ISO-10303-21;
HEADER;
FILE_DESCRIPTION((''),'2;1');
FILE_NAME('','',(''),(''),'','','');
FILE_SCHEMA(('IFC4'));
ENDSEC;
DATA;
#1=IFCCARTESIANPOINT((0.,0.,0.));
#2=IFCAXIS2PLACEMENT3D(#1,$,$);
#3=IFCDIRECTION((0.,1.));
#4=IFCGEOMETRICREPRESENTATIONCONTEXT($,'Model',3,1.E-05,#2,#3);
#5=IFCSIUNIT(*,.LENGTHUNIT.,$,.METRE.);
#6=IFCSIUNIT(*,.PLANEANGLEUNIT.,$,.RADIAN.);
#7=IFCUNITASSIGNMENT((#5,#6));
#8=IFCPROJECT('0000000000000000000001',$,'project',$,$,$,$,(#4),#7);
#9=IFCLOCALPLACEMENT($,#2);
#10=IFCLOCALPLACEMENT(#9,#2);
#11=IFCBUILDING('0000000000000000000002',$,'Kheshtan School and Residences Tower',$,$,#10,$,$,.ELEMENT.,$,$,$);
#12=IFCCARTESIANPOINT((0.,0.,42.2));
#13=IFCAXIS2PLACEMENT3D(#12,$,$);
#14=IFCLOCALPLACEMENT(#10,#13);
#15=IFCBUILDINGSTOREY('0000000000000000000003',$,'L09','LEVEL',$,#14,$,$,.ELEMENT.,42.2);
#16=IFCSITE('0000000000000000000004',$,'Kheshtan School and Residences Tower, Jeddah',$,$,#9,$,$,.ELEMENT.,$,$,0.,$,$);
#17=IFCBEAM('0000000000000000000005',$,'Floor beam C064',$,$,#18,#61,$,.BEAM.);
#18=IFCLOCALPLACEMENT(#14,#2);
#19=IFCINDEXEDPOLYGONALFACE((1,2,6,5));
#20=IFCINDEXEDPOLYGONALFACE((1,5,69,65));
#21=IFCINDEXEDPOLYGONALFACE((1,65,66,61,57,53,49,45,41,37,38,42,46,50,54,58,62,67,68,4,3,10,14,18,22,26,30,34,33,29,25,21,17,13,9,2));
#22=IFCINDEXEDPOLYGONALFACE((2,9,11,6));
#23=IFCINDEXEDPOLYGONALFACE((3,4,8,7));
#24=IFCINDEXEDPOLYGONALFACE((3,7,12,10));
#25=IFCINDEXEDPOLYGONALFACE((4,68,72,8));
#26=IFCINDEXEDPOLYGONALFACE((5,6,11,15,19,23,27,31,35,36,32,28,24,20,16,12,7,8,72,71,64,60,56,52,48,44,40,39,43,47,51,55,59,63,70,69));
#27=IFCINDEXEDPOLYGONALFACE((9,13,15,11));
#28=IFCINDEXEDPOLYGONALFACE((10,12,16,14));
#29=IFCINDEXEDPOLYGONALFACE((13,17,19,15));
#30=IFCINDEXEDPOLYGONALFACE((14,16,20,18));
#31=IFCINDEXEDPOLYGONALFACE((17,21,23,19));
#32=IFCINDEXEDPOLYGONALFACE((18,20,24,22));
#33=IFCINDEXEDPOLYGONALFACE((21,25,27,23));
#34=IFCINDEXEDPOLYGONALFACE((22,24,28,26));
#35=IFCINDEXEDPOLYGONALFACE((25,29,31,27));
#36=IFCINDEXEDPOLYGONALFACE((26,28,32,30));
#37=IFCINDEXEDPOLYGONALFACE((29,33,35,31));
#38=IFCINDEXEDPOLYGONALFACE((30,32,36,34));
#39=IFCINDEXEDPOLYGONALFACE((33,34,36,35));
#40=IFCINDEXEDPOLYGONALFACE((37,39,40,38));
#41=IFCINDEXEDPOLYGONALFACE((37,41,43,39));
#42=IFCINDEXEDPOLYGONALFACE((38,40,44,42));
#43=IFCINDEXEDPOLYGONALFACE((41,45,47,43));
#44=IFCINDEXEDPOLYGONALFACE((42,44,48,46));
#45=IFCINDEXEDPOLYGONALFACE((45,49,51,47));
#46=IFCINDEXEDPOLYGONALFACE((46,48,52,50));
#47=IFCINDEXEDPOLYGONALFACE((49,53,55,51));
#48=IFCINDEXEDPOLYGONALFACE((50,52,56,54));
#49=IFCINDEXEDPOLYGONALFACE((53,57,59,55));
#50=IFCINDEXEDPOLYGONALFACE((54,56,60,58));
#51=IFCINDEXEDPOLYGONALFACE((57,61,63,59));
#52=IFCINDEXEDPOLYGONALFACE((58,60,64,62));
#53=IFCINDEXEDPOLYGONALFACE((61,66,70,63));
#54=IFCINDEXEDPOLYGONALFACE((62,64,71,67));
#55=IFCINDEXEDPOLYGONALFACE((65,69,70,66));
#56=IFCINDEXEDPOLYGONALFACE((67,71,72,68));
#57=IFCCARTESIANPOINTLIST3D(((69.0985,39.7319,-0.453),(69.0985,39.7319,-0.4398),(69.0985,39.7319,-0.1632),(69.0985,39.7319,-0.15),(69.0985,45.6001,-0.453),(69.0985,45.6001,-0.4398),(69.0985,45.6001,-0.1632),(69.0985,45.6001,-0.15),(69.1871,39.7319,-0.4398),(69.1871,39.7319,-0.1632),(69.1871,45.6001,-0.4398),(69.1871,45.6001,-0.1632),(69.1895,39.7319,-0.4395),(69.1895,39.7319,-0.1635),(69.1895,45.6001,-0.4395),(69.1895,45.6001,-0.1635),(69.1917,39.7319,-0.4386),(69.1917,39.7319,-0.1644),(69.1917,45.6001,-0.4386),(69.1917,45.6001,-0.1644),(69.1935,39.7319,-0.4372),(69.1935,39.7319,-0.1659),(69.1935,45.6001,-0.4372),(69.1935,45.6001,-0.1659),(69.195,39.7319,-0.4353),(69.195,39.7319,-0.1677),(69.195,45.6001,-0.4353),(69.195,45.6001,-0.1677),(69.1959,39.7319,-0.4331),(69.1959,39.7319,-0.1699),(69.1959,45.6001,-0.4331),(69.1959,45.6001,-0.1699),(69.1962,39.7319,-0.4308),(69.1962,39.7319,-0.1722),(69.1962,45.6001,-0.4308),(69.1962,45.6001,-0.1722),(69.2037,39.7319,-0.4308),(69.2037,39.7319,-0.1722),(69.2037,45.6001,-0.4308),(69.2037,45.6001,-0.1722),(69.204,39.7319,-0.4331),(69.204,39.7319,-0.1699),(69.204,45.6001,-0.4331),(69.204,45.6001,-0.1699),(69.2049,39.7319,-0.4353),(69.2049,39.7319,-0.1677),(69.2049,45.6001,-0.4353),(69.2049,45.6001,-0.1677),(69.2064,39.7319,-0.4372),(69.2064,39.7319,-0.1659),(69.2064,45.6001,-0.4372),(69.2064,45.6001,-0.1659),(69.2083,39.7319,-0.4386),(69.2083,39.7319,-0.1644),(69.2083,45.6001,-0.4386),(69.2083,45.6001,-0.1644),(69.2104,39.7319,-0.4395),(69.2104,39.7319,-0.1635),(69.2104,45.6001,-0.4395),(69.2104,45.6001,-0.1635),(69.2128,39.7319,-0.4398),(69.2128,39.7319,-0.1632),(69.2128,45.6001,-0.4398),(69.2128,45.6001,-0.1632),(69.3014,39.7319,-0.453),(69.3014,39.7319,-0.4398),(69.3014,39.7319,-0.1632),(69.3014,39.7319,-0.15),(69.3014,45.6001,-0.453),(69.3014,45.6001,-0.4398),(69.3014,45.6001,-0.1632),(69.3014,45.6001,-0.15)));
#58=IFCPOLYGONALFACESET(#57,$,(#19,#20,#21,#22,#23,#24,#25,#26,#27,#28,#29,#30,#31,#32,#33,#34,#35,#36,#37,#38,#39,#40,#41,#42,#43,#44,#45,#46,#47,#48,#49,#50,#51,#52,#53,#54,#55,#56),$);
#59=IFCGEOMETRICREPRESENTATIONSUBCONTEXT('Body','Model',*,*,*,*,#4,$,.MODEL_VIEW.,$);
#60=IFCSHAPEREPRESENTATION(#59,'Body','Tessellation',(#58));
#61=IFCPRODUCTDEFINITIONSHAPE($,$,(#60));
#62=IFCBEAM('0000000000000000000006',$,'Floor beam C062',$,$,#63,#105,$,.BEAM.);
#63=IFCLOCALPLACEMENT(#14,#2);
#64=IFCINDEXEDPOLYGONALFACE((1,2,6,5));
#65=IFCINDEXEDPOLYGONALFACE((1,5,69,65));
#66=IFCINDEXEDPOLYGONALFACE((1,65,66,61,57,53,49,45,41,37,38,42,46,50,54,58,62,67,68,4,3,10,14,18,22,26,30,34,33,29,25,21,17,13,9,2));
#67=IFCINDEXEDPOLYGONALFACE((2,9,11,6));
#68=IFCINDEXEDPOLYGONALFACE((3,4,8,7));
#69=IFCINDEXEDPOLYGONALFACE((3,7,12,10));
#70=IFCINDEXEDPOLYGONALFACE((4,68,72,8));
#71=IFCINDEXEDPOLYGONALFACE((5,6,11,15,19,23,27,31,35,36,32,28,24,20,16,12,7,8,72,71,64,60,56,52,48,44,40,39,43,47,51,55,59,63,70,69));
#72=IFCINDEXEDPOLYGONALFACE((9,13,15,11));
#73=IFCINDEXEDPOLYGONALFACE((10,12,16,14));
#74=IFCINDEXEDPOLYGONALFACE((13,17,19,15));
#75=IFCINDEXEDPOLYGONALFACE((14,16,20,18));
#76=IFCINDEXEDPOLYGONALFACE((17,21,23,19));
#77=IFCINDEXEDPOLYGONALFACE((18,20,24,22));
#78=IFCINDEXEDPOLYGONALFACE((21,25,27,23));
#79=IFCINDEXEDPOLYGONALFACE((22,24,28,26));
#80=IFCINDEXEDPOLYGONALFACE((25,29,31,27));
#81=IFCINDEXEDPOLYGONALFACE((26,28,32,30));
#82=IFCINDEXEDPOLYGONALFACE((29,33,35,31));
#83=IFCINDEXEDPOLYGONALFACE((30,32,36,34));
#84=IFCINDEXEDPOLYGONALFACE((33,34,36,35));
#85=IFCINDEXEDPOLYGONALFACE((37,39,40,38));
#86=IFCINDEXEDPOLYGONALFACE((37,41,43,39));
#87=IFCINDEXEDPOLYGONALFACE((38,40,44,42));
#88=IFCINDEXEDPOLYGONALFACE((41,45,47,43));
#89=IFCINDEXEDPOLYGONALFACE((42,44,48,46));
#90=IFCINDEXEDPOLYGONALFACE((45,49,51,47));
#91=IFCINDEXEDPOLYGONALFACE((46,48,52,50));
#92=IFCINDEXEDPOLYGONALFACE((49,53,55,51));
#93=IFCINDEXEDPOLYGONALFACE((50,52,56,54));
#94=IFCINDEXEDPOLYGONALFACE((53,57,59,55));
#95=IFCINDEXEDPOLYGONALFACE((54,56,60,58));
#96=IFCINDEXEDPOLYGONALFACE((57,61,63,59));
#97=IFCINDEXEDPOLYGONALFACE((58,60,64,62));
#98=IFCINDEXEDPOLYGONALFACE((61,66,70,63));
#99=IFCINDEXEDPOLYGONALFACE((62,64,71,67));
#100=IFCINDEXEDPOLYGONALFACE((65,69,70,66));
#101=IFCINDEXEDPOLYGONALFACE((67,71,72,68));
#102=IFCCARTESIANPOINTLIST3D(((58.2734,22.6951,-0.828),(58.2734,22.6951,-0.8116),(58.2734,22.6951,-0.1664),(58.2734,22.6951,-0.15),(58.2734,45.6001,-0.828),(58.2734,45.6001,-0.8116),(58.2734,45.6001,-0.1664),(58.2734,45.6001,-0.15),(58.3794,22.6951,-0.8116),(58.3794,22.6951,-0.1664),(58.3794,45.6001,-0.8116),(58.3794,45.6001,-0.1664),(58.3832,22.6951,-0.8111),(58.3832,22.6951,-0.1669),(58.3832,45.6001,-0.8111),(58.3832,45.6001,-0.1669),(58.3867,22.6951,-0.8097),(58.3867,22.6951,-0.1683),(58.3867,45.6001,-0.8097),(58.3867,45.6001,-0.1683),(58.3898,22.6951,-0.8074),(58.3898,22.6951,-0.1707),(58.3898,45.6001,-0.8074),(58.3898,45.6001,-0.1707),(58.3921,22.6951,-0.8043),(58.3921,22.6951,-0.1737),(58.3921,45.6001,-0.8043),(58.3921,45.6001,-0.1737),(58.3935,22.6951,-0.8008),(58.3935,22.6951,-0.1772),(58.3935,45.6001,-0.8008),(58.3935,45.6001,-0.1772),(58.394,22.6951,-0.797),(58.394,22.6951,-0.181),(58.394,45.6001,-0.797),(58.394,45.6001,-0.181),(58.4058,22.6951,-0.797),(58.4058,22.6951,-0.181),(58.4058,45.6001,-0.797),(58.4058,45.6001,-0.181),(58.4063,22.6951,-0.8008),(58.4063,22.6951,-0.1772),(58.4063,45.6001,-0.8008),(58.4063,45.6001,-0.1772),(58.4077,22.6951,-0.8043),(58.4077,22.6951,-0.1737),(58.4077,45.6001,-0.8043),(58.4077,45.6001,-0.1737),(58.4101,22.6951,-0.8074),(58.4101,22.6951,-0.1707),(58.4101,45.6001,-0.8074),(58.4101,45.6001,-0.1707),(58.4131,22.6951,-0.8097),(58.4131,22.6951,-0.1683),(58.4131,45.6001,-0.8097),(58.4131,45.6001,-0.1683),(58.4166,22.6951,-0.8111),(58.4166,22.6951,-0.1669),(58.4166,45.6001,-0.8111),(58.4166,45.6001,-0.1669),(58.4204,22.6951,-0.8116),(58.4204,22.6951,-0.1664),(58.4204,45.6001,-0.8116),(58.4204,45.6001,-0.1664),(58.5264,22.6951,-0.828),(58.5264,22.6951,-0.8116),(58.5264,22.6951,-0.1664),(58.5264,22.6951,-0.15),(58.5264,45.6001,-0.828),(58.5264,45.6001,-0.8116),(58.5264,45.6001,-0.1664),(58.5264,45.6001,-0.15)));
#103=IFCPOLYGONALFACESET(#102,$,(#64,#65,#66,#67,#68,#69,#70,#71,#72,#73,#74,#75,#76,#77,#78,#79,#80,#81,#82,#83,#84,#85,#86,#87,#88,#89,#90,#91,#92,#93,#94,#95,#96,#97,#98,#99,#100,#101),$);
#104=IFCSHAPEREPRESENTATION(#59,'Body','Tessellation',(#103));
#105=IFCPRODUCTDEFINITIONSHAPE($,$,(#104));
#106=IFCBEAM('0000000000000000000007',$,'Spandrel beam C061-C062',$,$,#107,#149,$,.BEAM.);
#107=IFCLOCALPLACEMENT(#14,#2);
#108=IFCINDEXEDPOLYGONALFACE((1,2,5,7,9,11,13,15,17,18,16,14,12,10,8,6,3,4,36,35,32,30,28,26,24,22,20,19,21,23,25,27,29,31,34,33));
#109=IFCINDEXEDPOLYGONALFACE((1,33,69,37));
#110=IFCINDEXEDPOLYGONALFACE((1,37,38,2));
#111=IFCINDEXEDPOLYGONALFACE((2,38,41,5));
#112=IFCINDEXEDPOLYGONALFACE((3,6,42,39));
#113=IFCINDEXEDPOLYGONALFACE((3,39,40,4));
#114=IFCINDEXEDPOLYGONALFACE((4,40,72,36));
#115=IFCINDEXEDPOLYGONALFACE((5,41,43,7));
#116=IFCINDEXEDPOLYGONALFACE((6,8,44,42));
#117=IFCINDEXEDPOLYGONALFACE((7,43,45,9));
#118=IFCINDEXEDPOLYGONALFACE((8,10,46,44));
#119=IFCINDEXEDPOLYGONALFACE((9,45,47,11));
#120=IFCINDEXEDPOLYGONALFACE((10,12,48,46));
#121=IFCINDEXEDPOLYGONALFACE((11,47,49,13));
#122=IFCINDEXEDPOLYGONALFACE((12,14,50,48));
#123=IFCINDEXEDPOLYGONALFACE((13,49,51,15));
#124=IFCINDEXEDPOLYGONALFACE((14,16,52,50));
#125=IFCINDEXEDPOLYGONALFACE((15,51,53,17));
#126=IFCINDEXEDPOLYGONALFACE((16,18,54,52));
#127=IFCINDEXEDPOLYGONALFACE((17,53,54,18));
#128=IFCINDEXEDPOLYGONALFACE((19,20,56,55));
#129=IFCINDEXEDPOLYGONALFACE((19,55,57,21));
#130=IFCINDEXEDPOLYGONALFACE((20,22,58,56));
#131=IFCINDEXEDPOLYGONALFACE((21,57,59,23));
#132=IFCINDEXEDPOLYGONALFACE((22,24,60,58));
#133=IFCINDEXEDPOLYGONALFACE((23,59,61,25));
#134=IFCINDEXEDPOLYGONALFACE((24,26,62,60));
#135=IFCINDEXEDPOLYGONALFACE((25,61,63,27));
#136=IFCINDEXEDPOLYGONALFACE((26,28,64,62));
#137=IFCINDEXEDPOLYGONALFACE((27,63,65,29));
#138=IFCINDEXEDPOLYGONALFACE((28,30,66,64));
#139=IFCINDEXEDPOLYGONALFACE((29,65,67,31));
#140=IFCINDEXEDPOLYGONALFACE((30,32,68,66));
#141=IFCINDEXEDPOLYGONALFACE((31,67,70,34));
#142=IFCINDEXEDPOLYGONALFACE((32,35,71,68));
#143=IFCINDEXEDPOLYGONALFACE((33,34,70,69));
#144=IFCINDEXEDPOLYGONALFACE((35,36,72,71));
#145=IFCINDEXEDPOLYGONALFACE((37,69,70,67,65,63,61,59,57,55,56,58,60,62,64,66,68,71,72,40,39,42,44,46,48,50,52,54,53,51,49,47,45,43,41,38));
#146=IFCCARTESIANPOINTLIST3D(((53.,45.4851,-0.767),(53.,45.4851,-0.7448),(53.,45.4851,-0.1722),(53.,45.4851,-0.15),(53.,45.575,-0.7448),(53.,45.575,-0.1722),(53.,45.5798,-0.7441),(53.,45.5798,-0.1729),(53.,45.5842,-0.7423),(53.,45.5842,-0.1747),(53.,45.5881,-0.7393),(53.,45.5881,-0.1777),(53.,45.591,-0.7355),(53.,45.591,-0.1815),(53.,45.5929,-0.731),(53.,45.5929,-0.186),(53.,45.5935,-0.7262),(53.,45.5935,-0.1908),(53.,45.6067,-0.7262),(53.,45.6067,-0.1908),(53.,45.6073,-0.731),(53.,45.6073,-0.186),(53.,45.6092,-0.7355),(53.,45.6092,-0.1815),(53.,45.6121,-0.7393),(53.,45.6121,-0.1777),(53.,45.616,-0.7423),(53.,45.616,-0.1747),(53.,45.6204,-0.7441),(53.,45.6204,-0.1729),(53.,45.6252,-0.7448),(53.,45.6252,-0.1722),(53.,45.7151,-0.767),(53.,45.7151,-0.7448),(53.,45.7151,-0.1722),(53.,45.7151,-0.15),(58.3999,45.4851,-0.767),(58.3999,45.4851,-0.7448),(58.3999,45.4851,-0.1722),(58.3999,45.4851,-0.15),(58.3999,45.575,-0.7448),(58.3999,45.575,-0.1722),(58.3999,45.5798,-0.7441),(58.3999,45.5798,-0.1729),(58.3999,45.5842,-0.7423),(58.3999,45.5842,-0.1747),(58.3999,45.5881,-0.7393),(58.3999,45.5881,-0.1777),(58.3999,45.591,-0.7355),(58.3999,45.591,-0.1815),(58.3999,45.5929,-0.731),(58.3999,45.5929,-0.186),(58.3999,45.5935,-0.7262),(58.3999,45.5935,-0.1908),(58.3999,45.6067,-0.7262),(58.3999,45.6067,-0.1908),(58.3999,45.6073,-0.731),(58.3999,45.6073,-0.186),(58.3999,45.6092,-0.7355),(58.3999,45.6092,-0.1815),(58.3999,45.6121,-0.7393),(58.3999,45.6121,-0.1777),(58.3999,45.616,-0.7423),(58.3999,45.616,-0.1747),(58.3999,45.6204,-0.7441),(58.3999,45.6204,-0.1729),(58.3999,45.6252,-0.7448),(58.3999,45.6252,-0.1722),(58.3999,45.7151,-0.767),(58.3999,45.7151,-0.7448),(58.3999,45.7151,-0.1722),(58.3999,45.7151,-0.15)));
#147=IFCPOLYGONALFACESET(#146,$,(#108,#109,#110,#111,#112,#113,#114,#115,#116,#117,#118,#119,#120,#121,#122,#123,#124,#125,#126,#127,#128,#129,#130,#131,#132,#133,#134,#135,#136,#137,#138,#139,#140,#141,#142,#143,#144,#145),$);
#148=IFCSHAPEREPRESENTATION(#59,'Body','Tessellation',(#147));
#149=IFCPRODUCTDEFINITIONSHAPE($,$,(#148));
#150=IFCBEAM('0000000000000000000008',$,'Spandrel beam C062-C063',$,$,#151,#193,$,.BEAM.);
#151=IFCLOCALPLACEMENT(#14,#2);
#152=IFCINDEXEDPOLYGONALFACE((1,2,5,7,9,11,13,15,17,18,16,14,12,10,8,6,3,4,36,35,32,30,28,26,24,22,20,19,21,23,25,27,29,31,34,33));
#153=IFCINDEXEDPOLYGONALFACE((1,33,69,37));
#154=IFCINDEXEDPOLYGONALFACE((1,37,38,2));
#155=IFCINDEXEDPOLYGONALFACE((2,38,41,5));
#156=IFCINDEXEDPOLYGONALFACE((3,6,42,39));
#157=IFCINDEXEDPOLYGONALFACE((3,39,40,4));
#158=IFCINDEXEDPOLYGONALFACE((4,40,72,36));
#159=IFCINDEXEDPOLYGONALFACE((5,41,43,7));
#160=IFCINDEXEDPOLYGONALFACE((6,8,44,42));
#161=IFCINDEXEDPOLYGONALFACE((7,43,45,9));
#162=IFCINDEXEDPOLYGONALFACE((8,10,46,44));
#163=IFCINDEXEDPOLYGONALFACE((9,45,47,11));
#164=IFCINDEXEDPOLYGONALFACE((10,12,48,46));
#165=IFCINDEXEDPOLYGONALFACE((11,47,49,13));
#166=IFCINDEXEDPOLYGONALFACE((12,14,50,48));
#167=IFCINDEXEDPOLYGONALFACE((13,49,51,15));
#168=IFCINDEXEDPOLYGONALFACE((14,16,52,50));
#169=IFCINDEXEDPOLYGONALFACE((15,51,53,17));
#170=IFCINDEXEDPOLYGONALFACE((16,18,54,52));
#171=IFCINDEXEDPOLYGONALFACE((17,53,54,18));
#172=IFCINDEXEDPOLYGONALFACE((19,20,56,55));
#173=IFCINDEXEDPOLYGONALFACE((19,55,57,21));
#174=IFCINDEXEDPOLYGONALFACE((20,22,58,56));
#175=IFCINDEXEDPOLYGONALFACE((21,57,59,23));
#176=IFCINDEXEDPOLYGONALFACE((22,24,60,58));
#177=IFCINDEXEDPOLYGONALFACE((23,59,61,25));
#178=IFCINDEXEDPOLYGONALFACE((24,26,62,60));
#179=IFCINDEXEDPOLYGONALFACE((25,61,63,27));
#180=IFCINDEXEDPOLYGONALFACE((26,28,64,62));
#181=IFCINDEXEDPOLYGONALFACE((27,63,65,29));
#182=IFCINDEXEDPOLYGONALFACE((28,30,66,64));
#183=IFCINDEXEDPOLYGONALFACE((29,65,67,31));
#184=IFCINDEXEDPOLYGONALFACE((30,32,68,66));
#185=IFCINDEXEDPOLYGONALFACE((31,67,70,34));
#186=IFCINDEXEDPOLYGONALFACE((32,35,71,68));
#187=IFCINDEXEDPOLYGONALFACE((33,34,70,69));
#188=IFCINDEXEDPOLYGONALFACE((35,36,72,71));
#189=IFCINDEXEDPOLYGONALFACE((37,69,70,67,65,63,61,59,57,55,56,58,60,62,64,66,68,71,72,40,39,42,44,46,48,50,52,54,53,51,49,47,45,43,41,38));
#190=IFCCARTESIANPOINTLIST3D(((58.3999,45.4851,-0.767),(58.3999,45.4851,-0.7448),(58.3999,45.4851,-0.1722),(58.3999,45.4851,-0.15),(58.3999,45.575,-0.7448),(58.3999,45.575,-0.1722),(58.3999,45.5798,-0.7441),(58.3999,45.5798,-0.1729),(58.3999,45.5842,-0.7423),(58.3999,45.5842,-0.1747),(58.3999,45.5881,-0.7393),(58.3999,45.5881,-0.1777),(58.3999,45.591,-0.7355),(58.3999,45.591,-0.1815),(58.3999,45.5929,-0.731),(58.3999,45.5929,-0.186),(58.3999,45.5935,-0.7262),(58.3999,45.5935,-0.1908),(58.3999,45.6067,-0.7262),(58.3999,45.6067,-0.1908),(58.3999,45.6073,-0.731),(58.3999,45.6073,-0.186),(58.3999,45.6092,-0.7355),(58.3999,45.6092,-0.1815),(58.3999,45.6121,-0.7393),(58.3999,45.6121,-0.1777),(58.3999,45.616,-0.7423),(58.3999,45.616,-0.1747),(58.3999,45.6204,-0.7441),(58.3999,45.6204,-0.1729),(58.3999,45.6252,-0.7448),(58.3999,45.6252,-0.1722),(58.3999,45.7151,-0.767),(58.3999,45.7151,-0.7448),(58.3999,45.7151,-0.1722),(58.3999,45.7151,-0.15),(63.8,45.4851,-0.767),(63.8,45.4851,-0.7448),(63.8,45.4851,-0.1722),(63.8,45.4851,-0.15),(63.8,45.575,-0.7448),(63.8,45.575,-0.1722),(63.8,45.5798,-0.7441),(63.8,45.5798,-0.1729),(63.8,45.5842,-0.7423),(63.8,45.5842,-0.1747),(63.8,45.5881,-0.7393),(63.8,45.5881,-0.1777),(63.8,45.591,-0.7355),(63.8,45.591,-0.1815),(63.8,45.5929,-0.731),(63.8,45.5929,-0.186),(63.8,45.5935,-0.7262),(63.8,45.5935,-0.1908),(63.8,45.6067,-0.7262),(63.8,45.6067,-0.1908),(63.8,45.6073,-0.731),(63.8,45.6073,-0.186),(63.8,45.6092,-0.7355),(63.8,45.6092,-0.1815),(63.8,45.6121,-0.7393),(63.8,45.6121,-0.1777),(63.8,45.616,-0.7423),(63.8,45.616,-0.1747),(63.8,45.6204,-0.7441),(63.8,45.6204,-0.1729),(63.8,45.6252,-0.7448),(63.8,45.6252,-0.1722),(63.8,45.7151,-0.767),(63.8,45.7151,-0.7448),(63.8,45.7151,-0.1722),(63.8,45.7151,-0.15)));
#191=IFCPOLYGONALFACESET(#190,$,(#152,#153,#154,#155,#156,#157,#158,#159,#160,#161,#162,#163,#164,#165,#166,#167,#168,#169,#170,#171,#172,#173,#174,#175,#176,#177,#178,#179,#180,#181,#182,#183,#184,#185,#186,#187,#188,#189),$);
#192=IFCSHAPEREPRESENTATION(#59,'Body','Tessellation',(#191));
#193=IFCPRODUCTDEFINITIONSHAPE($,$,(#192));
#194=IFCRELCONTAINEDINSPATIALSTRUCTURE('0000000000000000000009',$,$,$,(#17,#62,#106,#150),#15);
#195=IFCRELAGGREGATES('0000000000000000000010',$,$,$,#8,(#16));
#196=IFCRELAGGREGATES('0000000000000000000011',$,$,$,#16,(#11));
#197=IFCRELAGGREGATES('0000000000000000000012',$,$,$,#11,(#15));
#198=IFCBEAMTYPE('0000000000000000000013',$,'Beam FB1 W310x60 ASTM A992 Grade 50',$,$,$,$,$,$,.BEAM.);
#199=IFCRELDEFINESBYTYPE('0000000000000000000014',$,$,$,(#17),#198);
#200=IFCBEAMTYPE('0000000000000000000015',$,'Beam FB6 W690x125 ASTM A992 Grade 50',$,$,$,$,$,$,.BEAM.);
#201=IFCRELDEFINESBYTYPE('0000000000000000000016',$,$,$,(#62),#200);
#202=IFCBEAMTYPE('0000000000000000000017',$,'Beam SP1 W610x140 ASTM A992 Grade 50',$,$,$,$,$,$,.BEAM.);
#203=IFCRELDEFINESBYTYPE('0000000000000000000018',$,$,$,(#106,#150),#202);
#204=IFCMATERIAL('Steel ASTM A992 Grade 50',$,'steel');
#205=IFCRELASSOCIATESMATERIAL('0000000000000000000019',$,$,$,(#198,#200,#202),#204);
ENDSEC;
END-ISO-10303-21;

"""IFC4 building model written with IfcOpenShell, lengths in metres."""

from ifc_helpers import new_model, si_unit, direction, frame, origin, origin_2d, place, context, subcontext, project, spatial, i_section, extrude, material, material_profile, profile_set, type_object, element, save


model = new_model("IFC4")

# Units and contexts
model_context = context("Model", 3, precision=1e-05, world=origin(), true_north=direction((0.0, 1.0)))
body_context = subcontext(model_context, "Body", "Model", "MODEL_VIEW")
ifc_project = project(units=[si_unit("LENGTHUNIT", "METRE"), si_unit("PLANEANGLEUNIT", "RADIAN")], contexts=[model_context])

# Site, building, storey
site_placement = place(None, origin())
site = spatial("IfcSite", under=ifc_project, at=site_placement, Name="Kheshtan School and Residences Tower, Jeddah", CompositionType="ELEMENT", RefElevation=0.0)
building_placement = place(site_placement, origin())
building = spatial("IfcBuilding", under=site, at=building_placement, Name="Kheshtan School and Residences Tower", CompositionType="ELEMENT")
storey_placement = place(building_placement, frame((0.0, 0.0, 42.2)))
storey = spatial("IfcBuildingStorey", under=building, at=storey_placement, Name="L09", Description="LEVEL", CompositionType="ELEMENT", Elevation=42.2)

# Shared definitions
ifc_material_1 = material(Name="Steel ASTM A992 Grade 50", Category="steel")

# Beams
ifc_material_profile_1 = material_profile(ifc_material_1, i_section(OverallWidth=0.2029, OverallDepth=0.303, WebThickness=0.0076, FlangeThickness=0.0132, FilletRadius=0.009, at=origin_2d()), Name="W310x60")
ifc_profile_set_1 = profile_set([ifc_material_profile_1], Name="Steel ASTM A992 Grade 50")
beam_type_1 = type_object("IfcBeamType", Name="Beam FB1 W310x60 ASTM A992 Grade 50", PredefinedType="BEAM", material=ifc_profile_set_1)
beam_1_placement = place(storey_placement, frame((69.2, 45.6001, -0.3015), z_axis=(0.0, -1.0, 0.0), x_axis=(1.0, 0.0, 0.0)))
element("IfcBeam", 1, at=beam_1_placement, inside=storey, type_object=beam_type_1, Name="Floor beam C064", PredefinedType="BEAM", context=body_context, shape_type="SweptSolid", body=[
    extrude(i_section(OverallWidth=0.2029, OverallDepth=0.303, WebThickness=0.0076, FlangeThickness=0.0132, FilletRadius=0.009, at=origin_2d()), origin(), (0.0, 0.0, 1.0), 5.8682),
])
ifc_material_profile_2 = material_profile(ifc_material_1, i_section(OverallWidth=0.2529, OverallDepth=0.678, WebThickness=0.0117, FlangeThickness=0.0164, FilletRadius=0.0146, at=origin_2d()), Name="W690x125")
ifc_profile_set_2 = profile_set([ifc_material_profile_2], Name="Steel ASTM A992 Grade 50")
beam_type_2 = type_object("IfcBeamType", Name="Beam FB6 W690x125 ASTM A992 Grade 50", PredefinedType="BEAM", material=ifc_profile_set_2)
beam_2_placement = place(storey_placement, frame((58.3999, 45.6001, -0.489), z_axis=(0.0, -1.0, 0.0), x_axis=(1.0, 0.0, 0.0)))
element("IfcBeam", 2, at=beam_2_placement, inside=storey, type_object=beam_type_2, Name="Floor beam C062", PredefinedType="BEAM", context=body_context, shape_type="SweptSolid", body=[
    extrude(i_section(OverallWidth=0.2529, OverallDepth=0.678, WebThickness=0.0117, FlangeThickness=0.0164, FilletRadius=0.0146, at=origin_2d()), origin(), (0.0, 0.0, 1.0), 22.905),
])
ifc_material_profile_3 = material_profile(ifc_material_1, i_section(OverallWidth=0.23, OverallDepth=0.6169, WebThickness=0.0132, FlangeThickness=0.0222, FilletRadius=0.0186, at=origin_2d()), Name="W610x140")
ifc_profile_set_3 = profile_set([ifc_material_profile_3], Name="Steel ASTM A992 Grade 50")
beam_type_3 = type_object("IfcBeamType", Name="Beam SP1 W610x140 ASTM A992 Grade 50", PredefinedType="BEAM", material=ifc_profile_set_3)
beam_3_placement = place(storey_placement, frame((53.0, 45.6001, -0.4585), z_axis=(1.0, 0.0, 0.0), x_axis=(0.0, 1.0, 0.0)))
element("IfcBeam", 3, at=beam_3_placement, inside=storey, type_object=beam_type_3, Name="Spandrel beam C061-C062", PredefinedType="BEAM", context=body_context, shape_type="SweptSolid", body=[
    extrude(i_section(OverallWidth=0.23, OverallDepth=0.6169, WebThickness=0.0132, FlangeThickness=0.0222, FilletRadius=0.0186, at=origin_2d()), origin(), (0.0, 0.0, 1.0), 5.3999),
])
beam_4_placement = place(storey_placement, frame((58.3999, 45.6001, -0.4585), z_axis=(1.0, 0.0, 0.0), x_axis=(0.0, 1.0, 0.0)))
element("IfcBeam", 4, at=beam_4_placement, inside=storey, type_object=beam_type_3, Name="Spandrel beam C062-C063", PredefinedType="BEAM", context=body_context, shape_type="SweptSolid", body=[
    extrude(i_section(OverallWidth=0.23, OverallDepth=0.6169, WebThickness=0.0132, FlangeThickness=0.0222, FilletRadius=0.0186, at=origin_2d()), origin(), (0.0, 0.0, 1.0), 5.4001),
])

save(model, "model.ifc")
